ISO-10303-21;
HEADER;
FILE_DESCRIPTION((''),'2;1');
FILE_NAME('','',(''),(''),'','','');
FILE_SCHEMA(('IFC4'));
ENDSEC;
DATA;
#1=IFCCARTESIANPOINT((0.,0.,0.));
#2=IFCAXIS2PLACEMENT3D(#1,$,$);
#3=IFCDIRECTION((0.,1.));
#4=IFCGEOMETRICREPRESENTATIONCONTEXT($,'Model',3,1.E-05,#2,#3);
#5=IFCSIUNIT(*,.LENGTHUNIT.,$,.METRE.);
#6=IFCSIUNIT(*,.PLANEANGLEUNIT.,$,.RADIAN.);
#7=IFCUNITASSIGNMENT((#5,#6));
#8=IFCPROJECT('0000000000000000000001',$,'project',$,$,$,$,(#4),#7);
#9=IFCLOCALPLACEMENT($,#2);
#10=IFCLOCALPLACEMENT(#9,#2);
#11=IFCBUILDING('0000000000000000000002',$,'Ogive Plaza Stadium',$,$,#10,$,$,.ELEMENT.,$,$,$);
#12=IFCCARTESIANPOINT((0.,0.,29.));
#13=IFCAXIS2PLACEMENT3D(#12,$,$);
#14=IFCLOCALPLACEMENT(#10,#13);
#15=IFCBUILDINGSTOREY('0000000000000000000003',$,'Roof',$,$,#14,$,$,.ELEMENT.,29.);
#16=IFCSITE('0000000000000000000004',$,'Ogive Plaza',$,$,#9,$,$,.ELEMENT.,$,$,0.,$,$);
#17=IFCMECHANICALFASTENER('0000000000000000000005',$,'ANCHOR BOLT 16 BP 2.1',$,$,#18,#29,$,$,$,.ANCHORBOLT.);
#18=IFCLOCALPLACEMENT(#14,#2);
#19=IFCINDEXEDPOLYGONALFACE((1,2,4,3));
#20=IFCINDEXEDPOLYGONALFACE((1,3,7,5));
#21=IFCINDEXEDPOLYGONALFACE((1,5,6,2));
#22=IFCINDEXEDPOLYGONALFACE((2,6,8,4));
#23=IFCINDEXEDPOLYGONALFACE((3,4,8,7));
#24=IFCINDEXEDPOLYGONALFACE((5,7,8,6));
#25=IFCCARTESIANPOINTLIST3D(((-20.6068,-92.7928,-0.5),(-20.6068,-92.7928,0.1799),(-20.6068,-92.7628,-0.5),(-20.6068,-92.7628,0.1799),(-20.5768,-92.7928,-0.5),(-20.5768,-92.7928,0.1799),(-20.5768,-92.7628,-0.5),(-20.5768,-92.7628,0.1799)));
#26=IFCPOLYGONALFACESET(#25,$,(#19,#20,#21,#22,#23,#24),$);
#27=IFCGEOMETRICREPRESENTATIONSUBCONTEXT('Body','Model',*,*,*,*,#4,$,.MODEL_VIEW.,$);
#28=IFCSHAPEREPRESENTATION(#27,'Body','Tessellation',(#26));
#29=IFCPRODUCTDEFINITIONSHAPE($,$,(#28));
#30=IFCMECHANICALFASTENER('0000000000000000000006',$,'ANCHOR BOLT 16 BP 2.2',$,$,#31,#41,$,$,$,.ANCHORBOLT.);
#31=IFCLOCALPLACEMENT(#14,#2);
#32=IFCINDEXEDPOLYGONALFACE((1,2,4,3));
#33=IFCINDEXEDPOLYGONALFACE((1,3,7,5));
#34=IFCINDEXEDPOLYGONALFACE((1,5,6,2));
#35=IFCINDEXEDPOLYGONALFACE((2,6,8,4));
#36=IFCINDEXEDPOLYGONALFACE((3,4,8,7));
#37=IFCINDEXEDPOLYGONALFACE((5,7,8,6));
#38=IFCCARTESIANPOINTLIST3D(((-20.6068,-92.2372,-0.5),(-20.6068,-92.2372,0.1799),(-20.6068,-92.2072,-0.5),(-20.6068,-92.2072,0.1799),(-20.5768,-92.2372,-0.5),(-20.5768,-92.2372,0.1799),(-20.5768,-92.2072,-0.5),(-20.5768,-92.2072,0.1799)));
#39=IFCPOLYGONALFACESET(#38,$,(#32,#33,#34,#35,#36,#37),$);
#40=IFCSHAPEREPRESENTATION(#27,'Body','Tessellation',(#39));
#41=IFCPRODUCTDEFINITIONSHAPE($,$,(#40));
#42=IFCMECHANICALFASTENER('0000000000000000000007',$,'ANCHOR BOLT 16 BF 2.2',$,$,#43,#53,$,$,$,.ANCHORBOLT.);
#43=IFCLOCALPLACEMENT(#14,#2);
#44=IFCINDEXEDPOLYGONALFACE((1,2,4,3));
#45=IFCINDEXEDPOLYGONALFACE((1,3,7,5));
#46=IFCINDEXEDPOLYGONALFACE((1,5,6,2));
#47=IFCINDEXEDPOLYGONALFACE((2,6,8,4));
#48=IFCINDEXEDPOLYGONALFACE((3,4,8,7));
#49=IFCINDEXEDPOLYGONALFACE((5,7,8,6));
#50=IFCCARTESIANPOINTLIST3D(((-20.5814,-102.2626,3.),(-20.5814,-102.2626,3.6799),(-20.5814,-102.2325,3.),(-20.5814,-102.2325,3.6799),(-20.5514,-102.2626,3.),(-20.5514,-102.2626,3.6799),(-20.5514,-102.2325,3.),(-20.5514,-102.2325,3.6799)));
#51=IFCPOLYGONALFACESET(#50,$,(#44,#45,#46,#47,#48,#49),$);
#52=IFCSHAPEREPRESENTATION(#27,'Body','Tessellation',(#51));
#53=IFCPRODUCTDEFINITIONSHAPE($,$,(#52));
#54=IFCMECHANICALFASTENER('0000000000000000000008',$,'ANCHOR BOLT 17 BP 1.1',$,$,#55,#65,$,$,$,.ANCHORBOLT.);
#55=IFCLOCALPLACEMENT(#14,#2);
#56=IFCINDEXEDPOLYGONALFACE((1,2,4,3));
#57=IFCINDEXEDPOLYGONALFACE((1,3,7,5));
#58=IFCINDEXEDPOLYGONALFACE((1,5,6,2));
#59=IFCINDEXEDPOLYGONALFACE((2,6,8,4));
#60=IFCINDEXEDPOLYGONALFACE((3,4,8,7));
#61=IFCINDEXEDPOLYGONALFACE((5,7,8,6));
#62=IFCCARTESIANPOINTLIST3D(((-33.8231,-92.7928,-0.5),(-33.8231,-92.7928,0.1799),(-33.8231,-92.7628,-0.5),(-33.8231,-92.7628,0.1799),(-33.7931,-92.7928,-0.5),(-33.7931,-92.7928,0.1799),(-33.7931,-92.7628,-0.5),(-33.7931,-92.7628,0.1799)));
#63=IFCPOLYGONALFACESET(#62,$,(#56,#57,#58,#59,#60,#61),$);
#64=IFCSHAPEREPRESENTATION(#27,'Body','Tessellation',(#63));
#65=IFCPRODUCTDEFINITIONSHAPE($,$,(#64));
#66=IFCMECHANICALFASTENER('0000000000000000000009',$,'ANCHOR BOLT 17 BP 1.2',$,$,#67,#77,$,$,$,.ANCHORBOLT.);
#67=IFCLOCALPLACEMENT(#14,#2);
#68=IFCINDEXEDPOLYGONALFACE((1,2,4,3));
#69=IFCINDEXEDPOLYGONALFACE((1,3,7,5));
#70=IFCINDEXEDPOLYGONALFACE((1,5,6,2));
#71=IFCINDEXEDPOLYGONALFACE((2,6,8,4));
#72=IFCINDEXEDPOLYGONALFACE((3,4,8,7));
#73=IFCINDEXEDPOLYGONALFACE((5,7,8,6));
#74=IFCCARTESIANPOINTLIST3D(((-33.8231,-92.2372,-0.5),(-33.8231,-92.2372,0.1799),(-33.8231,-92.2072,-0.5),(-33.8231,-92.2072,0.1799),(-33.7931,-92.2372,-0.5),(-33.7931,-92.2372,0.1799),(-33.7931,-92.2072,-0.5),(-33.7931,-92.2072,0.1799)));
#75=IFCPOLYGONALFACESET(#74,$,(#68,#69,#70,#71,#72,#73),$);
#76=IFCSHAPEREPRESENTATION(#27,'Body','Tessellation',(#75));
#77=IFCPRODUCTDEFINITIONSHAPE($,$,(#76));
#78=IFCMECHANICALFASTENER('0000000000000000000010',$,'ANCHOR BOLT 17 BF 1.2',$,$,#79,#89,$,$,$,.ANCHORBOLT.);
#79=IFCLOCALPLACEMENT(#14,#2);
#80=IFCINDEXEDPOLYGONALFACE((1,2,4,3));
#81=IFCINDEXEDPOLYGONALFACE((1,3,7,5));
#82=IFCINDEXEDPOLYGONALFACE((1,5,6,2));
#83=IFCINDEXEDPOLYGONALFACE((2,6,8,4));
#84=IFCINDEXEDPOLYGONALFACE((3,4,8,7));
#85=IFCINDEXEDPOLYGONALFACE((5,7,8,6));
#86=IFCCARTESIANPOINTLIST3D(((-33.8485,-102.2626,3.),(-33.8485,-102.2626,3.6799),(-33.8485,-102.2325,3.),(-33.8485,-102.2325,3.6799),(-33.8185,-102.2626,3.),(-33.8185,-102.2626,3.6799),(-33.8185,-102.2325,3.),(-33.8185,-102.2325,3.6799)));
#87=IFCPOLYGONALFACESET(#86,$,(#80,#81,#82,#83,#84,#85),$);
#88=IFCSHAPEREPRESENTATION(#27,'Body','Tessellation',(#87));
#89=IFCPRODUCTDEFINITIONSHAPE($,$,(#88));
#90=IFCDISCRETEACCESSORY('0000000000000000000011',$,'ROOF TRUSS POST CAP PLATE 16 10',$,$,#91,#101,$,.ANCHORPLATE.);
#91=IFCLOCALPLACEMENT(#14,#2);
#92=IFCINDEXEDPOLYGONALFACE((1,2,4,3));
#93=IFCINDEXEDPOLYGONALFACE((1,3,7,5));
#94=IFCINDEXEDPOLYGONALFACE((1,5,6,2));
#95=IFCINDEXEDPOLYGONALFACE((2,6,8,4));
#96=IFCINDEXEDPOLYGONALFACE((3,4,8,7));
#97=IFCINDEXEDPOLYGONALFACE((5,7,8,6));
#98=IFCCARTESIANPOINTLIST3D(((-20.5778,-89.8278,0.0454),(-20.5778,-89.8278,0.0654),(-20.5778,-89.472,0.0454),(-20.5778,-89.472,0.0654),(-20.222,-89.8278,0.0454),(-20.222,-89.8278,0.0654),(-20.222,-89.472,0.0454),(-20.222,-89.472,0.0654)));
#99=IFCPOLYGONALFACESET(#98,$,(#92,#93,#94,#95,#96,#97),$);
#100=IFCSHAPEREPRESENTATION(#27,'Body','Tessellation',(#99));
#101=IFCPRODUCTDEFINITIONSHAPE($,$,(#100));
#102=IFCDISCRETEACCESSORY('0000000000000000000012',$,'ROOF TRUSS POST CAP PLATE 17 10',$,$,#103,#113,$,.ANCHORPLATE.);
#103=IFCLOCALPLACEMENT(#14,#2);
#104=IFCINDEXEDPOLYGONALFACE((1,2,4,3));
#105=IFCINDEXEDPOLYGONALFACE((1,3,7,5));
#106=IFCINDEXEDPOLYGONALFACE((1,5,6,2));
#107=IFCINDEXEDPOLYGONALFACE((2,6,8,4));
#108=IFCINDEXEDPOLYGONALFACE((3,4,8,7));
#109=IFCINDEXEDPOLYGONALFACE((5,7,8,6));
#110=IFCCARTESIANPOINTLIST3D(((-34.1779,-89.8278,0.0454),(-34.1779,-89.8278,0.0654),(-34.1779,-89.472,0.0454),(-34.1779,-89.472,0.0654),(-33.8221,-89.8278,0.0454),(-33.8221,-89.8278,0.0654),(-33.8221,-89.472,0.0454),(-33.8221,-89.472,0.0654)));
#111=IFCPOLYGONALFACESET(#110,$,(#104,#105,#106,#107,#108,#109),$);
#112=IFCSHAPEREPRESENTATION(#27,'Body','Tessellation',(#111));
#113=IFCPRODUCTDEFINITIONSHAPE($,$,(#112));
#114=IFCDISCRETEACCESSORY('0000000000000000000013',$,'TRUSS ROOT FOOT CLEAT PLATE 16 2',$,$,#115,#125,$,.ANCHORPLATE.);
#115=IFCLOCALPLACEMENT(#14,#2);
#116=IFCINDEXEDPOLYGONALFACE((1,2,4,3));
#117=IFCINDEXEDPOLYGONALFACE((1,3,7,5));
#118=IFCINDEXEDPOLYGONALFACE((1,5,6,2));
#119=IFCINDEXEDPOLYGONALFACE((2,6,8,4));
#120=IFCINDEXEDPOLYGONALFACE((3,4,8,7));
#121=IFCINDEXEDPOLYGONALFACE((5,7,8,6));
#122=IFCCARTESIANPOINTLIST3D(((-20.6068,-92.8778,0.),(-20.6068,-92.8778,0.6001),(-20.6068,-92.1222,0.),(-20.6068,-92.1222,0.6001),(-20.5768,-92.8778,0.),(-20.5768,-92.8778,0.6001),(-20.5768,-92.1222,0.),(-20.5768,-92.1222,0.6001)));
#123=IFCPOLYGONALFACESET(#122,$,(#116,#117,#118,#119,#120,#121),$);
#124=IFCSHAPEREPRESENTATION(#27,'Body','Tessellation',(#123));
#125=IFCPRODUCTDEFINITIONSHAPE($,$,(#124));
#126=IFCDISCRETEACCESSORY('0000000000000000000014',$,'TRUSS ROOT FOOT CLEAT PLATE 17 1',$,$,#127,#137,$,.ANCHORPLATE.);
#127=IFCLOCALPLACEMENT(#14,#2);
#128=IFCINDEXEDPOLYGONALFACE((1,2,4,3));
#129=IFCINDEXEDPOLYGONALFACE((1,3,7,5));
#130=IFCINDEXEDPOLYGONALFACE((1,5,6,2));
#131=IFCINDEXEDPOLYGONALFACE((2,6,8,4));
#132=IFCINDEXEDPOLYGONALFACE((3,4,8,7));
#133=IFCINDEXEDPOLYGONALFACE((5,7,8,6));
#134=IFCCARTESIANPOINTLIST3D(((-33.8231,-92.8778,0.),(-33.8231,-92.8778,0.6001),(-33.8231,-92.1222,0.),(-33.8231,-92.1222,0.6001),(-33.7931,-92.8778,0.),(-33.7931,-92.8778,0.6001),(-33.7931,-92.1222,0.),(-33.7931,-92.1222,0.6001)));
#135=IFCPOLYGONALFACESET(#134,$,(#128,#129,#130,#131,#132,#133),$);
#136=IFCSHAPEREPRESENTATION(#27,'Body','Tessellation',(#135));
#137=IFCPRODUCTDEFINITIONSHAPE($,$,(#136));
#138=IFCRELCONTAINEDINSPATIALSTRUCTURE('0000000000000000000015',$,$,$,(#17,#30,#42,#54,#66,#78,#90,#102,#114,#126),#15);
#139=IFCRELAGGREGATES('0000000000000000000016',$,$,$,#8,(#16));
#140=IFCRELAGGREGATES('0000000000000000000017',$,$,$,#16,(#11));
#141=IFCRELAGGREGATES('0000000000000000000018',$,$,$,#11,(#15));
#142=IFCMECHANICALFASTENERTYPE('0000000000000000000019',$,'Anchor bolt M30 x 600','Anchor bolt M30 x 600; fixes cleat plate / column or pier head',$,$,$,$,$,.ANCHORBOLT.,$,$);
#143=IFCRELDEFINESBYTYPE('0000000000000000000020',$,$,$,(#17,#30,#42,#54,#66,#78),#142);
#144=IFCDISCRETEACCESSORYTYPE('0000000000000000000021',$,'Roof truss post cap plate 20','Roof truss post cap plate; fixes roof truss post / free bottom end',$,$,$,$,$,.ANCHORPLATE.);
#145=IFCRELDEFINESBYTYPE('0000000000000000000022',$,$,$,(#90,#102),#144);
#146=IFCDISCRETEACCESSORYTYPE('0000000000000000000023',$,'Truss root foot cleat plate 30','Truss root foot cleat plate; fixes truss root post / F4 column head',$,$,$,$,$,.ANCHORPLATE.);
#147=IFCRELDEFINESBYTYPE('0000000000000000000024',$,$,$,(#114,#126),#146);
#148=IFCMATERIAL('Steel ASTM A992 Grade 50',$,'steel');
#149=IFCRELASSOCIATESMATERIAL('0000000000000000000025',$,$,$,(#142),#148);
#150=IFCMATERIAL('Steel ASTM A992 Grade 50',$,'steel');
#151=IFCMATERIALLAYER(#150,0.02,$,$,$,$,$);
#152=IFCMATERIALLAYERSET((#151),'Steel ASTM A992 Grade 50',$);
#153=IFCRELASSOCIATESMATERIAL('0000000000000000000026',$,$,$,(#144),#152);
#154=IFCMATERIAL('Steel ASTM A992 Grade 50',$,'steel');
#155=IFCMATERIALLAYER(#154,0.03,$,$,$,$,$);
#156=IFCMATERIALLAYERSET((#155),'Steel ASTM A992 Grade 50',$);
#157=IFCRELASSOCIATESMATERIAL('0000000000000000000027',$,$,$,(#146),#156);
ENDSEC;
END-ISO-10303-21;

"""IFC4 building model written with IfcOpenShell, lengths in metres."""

from ifc_helpers import new_model, si_unit, direction, frame, origin, origin_2d, place, context, subcontext, project, spatial, rectangle, extrude, material, layer, layer_set, type_object, element, save


model = new_model("IFC4")

# Units and contexts
model_context = context("Model", 3, precision=1e-05, world=origin(), true_north=direction((0.0, 1.0)))
body_context = subcontext(model_context, "Body", "Model", "MODEL_VIEW")
ifc_project = project(units=[si_unit("LENGTHUNIT", "METRE"), si_unit("PLANEANGLEUNIT", "RADIAN")], contexts=[model_context])

# Site, building, storey
site_placement = place(None, origin())
site = spatial("IfcSite", under=ifc_project, at=site_placement, Name="Ogive Plaza", CompositionType="ELEMENT", RefElevation=0.0)
building_placement = place(site_placement, origin())
building = spatial("IfcBuilding", under=site, at=building_placement, Name="Ogive Plaza Stadium", CompositionType="ELEMENT")
storey_placement = place(building_placement, frame((0.0, 0.0, 29.0)))
storey = spatial("IfcBuildingStorey", under=building, at=storey_placement, Name="Roof", CompositionType="ELEMENT", Elevation=29.0)

# Mechanical fasteners
ifc_material_1 = material(Name="Steel ASTM A992 Grade 50", Category="steel")
mechanical_fastener_type = type_object("IfcMechanicalFastenerType", Name="Anchor bolt M30 x 600", Description="Anchor bolt M30 x 600; fixes cleat plate / column or pier head", PredefinedType="ANCHORBOLT", material=ifc_material_1)
for number, where, z_axis, x_axis, name in (
    (1, (-20.5918, -92.7778, -0.5), (0.0, 0.0, 1.0), (0.0, -1.0, 0.0), "ANCHOR BOLT 16 BP 2.1"),
    (2, (-20.5918, -92.2222, -0.5), (0.0, 0.0, 1.0), (0.0, -1.0, 0.0), "ANCHOR BOLT 16 BP 2.2"),
    (3, (-20.5664, -102.2476, 3.0), (0.0, 0.0, 1.0), (0.0, -1.0, 0.0), "ANCHOR BOLT 16 BF 2.2"),
    (4, (-33.8081, -92.7778, -0.5), (0.0, 0.0, 1.0), (0.0, -1.0, 0.0), "ANCHOR BOLT 17 BP 1.1"),
    (5, (-33.8081, -92.2222, -0.5), (0.0, 0.0, 1.0), (0.0, -1.0, 0.0), "ANCHOR BOLT 17 BP 1.2"),
    (6, (-33.8335, -102.2476, 3.0), (0.0, 0.0, 1.0), (0.0, -1.0, 0.0), "ANCHOR BOLT 17 BF 1.2"),
):
    element("IfcMechanicalFastener", number, at=place(storey_placement, frame(where, z_axis=z_axis, x_axis=x_axis)), inside=storey, type_object=mechanical_fastener_type, Name=name, PredefinedType="ANCHORBOLT", context=body_context, shape_type="SweptSolid", body=[
        extrude(rectangle(XDim=0.03, YDim=0.03, at=origin_2d()), origin(), (0.0, 0.0, 1.0), 0.6799),
    ])

# Discrete accessories
ifc_material_2 = material(Name="Steel ASTM A992 Grade 50", Category="steel")
ifc_layer_1 = layer(ifc_material_2, 0.02)
ifc_layer_set_1 = layer_set([ifc_layer_1], Name="Steel ASTM A992 Grade 50")
discrete_accessory_type_1 = type_object("IfcDiscreteAccessoryType", Name="Roof truss post cap plate 20", Description="Roof truss post cap plate; fixes roof truss post / free bottom end", PredefinedType="ANCHORPLATE", material=ifc_layer_set_1)
for number, where, z_axis, x_axis, name in (
    (7, (-20.3999, -89.6499, 0.0454), (0.0, 0.0, 1.0), (0.0, -1.0, 0.0), "ROOF TRUSS POST CAP PLATE 16 10"),
    (8, (-34.0, -89.6499, 0.0454), (0.0, 0.0, 1.0), (0.0, -1.0, 0.0), "ROOF TRUSS POST CAP PLATE 17 10"),
):
    element("IfcDiscreteAccessory", number, at=place(storey_placement, frame(where, z_axis=z_axis, x_axis=x_axis)), inside=storey, type_object=discrete_accessory_type_1, Name=name, PredefinedType="ANCHORPLATE", context=body_context, shape_type="SweptSolid", body=[
        extrude(rectangle(XDim=0.3557, YDim=0.3557, at=origin_2d()), origin(), (0.0, 0.0, 1.0), 0.02),
    ])
ifc_material_3 = material(Name="Steel ASTM A992 Grade 50", Category="steel")
ifc_layer_2 = layer(ifc_material_3, 0.03)
ifc_layer_set_2 = layer_set([ifc_layer_2], Name="Steel ASTM A992 Grade 50")
discrete_accessory_type_2 = type_object("IfcDiscreteAccessoryType", Name="Truss root foot cleat plate 30", Description="Truss root foot cleat plate; fixes truss root post / F4 column head", PredefinedType="ANCHORPLATE", material=ifc_layer_set_2)
for number, where, z_axis, x_axis, name in (
    (9, (-20.5918, -92.5, 0.0), (0.0, 0.0, 1.0), (0.0, -1.0, 0.0), "TRUSS ROOT FOOT CLEAT PLATE 16 2"),
    (10, (-33.8081, -92.5, 0.0), (0.0, 0.0, 1.0), (0.0, -1.0, 0.0), "TRUSS ROOT FOOT CLEAT PLATE 17 1"),
):
    element("IfcDiscreteAccessory", number, at=place(storey_placement, frame(where, z_axis=z_axis, x_axis=x_axis)), inside=storey, type_object=discrete_accessory_type_2, Name=name, PredefinedType="ANCHORPLATE", context=body_context, shape_type="SweptSolid", body=[
        extrude(rectangle(XDim=0.7556, YDim=0.03, at=origin_2d()), origin(), (0.0, 0.0, 1.0), 0.6001),
    ])

save(model, "model.ifc")
